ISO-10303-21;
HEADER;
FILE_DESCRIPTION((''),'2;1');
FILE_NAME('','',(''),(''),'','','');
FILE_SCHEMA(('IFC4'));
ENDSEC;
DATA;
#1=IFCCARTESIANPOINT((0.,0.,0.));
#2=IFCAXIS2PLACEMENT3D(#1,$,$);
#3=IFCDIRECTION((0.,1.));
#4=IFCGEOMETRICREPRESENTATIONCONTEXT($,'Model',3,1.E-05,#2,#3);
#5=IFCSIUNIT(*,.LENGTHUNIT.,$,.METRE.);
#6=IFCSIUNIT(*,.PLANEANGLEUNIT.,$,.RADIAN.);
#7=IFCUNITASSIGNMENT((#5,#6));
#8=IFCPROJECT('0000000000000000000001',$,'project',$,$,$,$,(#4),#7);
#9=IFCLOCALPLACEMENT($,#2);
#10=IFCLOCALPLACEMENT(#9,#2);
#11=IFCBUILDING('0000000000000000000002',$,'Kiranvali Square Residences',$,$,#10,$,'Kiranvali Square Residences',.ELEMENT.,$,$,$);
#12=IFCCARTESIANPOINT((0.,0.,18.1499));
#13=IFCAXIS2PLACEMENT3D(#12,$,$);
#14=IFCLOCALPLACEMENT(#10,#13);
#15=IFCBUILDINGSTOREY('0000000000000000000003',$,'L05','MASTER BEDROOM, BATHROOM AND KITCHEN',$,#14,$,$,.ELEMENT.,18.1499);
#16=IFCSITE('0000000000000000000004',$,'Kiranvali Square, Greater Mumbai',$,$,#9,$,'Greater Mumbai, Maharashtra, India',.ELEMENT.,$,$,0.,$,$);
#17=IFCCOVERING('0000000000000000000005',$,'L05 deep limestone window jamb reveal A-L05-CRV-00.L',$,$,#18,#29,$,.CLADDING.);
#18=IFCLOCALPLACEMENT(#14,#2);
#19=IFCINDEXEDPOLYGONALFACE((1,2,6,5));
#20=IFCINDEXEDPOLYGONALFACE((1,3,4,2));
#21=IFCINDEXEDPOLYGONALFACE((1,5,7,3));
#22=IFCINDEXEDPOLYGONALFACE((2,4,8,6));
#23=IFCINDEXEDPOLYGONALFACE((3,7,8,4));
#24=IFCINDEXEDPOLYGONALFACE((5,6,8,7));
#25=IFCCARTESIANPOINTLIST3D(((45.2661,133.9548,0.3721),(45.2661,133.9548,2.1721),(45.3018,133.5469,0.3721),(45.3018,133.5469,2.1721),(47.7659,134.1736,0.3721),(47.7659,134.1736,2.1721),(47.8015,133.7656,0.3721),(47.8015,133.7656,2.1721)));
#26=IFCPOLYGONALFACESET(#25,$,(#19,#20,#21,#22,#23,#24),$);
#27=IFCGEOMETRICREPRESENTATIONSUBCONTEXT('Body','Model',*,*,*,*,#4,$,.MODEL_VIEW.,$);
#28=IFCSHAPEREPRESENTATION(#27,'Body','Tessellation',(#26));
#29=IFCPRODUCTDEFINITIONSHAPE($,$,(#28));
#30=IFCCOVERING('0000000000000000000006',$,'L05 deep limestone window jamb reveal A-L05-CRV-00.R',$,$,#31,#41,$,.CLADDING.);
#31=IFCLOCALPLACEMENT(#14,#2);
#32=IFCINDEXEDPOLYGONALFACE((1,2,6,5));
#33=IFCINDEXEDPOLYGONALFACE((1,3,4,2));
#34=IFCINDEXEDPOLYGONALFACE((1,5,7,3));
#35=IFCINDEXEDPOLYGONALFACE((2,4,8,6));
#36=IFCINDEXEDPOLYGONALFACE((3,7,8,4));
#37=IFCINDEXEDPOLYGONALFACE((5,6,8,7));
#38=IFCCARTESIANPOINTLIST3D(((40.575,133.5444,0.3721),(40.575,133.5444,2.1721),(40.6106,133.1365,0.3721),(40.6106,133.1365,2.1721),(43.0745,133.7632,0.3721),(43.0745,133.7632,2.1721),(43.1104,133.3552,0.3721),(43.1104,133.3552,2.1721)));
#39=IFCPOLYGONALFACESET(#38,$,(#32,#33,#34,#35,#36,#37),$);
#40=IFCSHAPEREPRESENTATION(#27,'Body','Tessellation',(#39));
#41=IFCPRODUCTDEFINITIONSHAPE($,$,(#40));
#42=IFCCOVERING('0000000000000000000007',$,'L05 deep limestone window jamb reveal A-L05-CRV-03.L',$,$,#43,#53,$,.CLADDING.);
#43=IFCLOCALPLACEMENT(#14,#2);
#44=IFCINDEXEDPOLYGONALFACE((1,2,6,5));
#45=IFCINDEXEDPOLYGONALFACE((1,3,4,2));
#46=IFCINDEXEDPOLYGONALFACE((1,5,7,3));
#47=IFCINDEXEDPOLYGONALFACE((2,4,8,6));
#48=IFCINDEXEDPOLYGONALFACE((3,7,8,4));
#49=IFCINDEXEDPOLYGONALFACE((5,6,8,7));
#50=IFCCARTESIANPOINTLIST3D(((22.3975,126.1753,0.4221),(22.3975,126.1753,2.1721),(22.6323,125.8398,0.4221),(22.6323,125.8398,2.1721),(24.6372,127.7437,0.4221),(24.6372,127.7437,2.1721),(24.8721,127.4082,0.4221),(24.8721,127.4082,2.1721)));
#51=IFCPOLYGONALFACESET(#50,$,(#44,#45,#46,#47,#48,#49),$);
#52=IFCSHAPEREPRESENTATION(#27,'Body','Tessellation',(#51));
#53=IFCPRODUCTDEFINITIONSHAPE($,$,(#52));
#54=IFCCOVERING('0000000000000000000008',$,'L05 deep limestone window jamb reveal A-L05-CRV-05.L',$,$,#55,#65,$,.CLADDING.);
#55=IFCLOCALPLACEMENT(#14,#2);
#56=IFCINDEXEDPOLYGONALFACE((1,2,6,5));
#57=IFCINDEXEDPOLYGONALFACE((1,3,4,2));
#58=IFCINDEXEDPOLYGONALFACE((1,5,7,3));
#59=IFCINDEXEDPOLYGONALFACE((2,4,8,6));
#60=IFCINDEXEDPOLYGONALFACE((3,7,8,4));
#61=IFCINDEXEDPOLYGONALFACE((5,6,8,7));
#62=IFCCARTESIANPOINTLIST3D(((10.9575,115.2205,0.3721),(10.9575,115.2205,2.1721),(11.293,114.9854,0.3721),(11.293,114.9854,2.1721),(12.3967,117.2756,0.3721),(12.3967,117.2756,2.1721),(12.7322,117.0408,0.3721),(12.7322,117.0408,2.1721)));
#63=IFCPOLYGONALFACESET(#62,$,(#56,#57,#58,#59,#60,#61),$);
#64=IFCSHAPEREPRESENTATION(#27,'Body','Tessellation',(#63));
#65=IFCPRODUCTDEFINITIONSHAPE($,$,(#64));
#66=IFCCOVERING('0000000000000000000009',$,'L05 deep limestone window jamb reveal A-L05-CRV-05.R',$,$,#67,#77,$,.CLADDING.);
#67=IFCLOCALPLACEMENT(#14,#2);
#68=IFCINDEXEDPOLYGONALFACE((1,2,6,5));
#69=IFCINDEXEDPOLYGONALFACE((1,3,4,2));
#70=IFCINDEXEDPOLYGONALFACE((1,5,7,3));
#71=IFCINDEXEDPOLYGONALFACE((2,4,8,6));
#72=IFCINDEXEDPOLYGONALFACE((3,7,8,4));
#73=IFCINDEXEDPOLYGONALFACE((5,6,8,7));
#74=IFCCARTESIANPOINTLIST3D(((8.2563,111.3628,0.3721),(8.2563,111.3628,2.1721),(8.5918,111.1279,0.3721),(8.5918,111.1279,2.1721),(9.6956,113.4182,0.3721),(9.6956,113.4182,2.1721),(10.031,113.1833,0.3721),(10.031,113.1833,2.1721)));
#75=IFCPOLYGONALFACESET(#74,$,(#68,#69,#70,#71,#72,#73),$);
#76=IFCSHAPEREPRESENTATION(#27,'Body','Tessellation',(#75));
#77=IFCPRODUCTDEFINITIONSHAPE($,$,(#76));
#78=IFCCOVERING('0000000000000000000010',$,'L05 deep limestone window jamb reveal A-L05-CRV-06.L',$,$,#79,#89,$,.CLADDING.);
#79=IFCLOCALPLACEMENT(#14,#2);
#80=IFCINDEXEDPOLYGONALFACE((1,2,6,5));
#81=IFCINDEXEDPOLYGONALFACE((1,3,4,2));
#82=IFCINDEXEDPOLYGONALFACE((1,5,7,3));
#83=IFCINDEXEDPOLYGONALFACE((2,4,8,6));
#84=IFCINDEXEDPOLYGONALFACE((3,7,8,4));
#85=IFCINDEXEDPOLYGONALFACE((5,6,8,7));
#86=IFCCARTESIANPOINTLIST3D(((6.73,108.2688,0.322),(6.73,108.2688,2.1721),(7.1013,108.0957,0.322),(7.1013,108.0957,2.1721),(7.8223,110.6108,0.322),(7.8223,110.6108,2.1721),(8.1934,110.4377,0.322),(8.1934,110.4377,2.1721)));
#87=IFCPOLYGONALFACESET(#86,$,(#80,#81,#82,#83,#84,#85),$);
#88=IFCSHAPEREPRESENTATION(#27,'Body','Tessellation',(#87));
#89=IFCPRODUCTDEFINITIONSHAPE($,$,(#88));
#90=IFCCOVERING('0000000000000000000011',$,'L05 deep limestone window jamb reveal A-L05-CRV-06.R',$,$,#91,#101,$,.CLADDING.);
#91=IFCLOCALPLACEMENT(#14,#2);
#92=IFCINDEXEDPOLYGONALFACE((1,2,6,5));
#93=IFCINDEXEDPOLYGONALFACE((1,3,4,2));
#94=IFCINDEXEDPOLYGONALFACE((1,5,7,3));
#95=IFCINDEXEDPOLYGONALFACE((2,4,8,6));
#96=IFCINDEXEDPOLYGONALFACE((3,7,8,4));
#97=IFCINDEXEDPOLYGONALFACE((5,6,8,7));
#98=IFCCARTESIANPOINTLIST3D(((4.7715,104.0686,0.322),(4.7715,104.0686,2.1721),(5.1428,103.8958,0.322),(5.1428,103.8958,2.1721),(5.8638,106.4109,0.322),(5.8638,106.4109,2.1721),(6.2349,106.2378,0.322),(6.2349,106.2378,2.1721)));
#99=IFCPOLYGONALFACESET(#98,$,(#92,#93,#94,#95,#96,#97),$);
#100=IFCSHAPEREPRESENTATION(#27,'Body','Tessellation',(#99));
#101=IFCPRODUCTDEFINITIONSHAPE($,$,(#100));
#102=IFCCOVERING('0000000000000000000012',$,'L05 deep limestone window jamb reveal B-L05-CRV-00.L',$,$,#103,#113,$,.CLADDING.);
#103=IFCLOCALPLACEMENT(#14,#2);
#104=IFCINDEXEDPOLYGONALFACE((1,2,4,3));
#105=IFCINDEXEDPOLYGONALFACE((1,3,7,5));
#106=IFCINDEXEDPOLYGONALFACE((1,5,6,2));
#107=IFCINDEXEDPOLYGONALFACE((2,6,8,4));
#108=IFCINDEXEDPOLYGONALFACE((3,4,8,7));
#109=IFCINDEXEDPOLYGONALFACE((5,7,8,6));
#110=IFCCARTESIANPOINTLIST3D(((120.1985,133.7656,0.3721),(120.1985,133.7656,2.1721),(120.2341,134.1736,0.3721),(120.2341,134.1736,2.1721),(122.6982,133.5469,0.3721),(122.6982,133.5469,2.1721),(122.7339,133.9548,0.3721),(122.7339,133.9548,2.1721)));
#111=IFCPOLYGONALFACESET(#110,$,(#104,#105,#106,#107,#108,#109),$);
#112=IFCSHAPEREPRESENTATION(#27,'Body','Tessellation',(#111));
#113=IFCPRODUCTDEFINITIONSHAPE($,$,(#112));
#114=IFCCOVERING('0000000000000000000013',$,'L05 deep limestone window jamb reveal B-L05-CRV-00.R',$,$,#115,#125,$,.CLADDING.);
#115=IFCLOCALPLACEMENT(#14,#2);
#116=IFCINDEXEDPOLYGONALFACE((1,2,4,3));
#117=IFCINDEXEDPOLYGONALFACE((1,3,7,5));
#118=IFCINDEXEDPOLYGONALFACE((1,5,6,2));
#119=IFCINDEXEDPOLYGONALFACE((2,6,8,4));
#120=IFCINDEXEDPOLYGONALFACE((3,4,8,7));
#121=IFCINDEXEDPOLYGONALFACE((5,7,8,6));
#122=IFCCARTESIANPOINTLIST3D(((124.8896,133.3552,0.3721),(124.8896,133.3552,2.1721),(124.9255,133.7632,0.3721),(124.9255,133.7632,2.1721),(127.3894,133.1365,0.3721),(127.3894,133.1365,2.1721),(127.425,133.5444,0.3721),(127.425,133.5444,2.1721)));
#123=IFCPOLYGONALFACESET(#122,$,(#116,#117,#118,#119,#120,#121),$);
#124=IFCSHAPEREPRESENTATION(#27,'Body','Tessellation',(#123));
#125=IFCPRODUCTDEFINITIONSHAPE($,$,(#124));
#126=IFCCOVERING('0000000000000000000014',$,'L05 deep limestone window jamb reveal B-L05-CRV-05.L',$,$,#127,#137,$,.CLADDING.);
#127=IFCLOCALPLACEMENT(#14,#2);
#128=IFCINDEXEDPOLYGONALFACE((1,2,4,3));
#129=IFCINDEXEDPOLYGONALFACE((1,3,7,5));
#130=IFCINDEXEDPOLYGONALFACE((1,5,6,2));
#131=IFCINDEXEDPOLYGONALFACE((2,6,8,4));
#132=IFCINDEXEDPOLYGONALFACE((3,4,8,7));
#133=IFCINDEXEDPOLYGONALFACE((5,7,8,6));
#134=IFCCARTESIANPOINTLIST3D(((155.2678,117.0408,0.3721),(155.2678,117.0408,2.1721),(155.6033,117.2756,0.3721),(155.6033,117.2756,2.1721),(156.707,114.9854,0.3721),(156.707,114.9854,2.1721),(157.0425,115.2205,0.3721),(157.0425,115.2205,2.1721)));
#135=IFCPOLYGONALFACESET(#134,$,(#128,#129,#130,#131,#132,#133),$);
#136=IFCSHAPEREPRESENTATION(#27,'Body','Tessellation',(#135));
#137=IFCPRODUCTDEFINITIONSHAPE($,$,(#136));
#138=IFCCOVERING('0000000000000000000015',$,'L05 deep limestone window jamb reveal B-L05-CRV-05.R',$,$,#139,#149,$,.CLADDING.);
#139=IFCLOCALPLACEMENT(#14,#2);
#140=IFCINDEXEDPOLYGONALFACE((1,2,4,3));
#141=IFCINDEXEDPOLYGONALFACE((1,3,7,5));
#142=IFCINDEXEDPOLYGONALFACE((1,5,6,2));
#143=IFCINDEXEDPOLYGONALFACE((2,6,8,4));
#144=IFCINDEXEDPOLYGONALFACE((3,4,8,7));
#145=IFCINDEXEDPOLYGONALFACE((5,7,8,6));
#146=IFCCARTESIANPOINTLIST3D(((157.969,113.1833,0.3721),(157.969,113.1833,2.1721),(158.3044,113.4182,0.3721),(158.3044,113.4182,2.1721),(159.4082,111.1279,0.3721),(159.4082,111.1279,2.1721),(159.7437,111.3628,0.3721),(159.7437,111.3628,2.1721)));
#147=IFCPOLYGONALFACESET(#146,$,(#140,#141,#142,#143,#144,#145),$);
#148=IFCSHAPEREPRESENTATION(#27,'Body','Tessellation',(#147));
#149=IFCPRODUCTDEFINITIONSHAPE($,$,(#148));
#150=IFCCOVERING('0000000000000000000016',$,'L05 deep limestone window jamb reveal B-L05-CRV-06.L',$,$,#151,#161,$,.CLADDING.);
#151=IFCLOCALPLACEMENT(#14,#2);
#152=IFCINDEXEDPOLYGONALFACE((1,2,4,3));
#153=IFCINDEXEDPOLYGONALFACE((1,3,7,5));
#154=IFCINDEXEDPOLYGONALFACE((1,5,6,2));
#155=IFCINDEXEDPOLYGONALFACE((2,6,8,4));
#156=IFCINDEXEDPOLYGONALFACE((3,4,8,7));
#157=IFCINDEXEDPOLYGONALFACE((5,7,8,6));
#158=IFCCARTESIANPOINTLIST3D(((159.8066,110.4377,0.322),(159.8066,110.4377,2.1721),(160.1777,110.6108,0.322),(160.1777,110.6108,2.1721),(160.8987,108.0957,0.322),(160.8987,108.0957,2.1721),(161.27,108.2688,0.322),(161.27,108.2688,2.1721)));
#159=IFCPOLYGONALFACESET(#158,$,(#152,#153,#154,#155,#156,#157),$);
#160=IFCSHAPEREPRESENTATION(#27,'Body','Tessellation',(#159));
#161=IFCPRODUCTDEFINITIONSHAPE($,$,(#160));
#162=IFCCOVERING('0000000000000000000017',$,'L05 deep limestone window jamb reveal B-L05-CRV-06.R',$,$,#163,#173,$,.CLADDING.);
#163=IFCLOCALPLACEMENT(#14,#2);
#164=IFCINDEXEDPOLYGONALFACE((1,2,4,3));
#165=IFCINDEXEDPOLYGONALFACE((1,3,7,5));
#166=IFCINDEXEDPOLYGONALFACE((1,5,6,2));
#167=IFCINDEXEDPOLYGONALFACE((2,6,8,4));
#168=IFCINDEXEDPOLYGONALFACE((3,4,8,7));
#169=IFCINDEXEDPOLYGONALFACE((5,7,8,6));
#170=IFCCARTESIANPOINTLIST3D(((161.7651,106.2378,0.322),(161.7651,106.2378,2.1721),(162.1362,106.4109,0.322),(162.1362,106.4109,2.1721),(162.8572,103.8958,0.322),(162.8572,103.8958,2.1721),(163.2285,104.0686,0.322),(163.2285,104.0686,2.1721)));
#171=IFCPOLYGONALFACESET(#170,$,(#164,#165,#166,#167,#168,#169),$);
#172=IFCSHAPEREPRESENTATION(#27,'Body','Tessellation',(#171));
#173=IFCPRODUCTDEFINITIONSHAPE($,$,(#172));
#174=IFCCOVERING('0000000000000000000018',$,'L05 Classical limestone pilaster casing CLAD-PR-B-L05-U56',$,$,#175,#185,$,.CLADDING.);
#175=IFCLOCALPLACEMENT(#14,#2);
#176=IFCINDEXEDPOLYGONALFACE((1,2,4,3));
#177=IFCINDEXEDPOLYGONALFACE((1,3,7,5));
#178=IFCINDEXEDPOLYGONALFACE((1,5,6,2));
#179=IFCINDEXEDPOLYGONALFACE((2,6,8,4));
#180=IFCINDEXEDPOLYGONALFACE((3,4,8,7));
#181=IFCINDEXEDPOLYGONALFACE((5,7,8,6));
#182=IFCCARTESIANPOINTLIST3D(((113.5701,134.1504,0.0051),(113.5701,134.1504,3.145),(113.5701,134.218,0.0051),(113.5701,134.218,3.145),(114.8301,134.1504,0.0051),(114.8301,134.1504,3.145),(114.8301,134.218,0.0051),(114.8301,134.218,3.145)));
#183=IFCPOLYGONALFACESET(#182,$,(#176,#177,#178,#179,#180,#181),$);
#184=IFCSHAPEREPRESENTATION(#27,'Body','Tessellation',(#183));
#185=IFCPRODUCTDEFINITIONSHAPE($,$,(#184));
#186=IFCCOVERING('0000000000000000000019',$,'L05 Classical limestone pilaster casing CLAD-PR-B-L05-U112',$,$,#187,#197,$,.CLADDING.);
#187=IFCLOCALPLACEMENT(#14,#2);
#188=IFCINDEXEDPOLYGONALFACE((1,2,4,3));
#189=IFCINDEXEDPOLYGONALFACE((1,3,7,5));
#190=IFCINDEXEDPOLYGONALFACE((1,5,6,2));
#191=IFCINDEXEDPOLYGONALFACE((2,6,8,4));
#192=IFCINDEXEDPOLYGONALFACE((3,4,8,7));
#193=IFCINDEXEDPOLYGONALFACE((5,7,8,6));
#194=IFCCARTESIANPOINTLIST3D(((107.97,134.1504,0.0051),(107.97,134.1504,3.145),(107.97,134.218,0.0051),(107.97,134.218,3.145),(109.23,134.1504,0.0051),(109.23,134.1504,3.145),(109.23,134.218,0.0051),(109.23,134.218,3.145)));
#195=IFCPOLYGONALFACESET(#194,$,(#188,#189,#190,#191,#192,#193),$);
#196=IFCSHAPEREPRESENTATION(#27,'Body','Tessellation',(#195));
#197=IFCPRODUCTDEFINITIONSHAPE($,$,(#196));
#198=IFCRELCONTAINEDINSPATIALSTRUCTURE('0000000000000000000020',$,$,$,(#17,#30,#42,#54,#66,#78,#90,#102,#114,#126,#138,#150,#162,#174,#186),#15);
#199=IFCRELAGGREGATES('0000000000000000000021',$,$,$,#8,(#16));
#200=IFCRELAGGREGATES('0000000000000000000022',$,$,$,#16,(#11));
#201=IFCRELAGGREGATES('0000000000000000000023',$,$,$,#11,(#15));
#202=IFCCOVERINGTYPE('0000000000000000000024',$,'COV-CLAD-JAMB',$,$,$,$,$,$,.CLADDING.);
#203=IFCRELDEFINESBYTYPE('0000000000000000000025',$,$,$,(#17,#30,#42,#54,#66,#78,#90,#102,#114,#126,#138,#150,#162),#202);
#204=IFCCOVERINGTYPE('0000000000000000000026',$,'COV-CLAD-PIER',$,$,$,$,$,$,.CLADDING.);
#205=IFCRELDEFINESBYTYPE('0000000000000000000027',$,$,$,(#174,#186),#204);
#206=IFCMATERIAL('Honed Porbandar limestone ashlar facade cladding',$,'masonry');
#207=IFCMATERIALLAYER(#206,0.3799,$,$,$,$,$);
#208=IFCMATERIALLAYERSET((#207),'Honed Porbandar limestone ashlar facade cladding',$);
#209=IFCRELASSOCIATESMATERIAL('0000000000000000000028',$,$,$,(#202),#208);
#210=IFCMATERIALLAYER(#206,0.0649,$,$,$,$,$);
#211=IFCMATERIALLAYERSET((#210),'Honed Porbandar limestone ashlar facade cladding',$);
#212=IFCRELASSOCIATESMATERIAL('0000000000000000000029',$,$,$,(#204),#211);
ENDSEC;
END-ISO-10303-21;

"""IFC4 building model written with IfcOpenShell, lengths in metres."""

from ifc_helpers import new_model, si_unit, direction, frame, origin, place, context, subcontext, project, spatial, polyline, outline, extrude, material, layer, layer_set, type_object, element, save


model = new_model("IFC4")

# Units and contexts
model_context = context("Model", 3, precision=1e-05, world=origin(), true_north=direction((0.0, 1.0)))
body_context = subcontext(model_context, "Body", "Model", "MODEL_VIEW")
ifc_project = project(units=[si_unit("LENGTHUNIT", "METRE"), si_unit("PLANEANGLEUNIT", "RADIAN")], contexts=[model_context])

# Site, building, storey
site_placement = place(None, origin())
site = spatial("IfcSite", under=ifc_project, at=site_placement, Name="Kiranvali Square, Greater Mumbai", LongName="Greater Mumbai, Maharashtra, India", CompositionType="ELEMENT", RefElevation=0.0)
building_placement = place(site_placement, origin())
building = spatial("IfcBuilding", under=site, at=building_placement, Name="Kiranvali Square Residences", LongName="Kiranvali Square Residences", CompositionType="ELEMENT")
storey_placement = place(building_placement, frame((0.0, 0.0, 18.1499)))
storey = spatial("IfcBuildingStorey", under=building, at=storey_placement, Name="L05", Description="MASTER BEDROOM, BATHROOM AND KITCHEN", CompositionType="ELEMENT", Elevation=18.1499)

# Coverings
ifc_material = material(Name="Honed Porbandar limestone ashlar facade cladding", Category="masonry")
ifc_layer_1 = layer(ifc_material, 0.3799)
ifc_layer_set_1 = layer_set([ifc_layer_1], Name="Honed Porbandar limestone ashlar facade cladding")
covering_type_1 = type_object("IfcCoveringType", Name="COV-CLAD-JAMB", PredefinedType="CLADDING", material=ifc_layer_set_1)
covering_1_placement = place(storey_placement, frame((0.0, 0.0, 0.3721)))
element("IfcCovering", 1, at=covering_1_placement, inside=storey, type_object=covering_type_1, Name="L05 deep limestone window jamb reveal A-L05-CRV-00.L", PredefinedType="CLADDING", context=body_context, shape_type="SweptSolid", body=[
    extrude(outline(polyline([(47.7659, 134.1736), (45.2661, 133.9548), (45.3018, 133.5469), (47.8015, 133.7656), (47.7659, 134.1736)])), origin(), (0.0, 0.0, 1.0), 1.8),
])
covering_2_placement = place(storey_placement, frame((0.0, 0.0, 0.3721)))
element("IfcCovering", 2, at=covering_2_placement, inside=storey, type_object=covering_type_1, Name="L05 deep limestone window jamb reveal A-L05-CRV-00.R", PredefinedType="CLADDING", context=body_context, shape_type="SweptSolid", body=[
    extrude(outline(polyline([(43.0745, 133.7632), (40.575, 133.5444), (40.6106, 133.1365), (43.1104, 133.3552), (43.0745, 133.7632)])), origin(), (0.0, 0.0, 1.0), 1.8),
])
covering_3_placement = place(storey_placement, frame((0.0, 0.0, 0.4221)))
element("IfcCovering", 3, at=covering_3_placement, inside=storey, type_object=covering_type_1, Name="L05 deep limestone window jamb reveal A-L05-CRV-03.L", PredefinedType="CLADDING", context=body_context, shape_type="SweptSolid", body=[
    extrude(outline(polyline([(24.6372, 127.7437), (22.3975, 126.1753), (22.6323, 125.8398), (24.8721, 127.4082), (24.6372, 127.7437)])), origin(), (0.0, 0.0, 1.0), 1.75),
])
covering_4_placement = place(storey_placement, frame((0.0, 0.0, 0.3721)))
element("IfcCovering", 4, at=covering_4_placement, inside=storey, type_object=covering_type_1, Name="L05 deep limestone window jamb reveal A-L05-CRV-05.L", PredefinedType="CLADDING", context=body_context, shape_type="SweptSolid", body=[
    extrude(outline(polyline([(12.3967, 117.2756), (10.9575, 115.2205), (11.293, 114.9854), (12.7322, 117.0408), (12.3967, 117.2756)])), origin(), (0.0, 0.0, 1.0), 1.8),
])
covering_5_placement = place(storey_placement, frame((0.0, 0.0, 0.3721)))
element("IfcCovering", 5, at=covering_5_placement, inside=storey, type_object=covering_type_1, Name="L05 deep limestone window jamb reveal A-L05-CRV-05.R", PredefinedType="CLADDING", context=body_context, shape_type="SweptSolid", body=[
    extrude(outline(polyline([(9.6956, 113.4182), (8.2563, 111.3628), (8.5918, 111.1279), (10.031, 113.1833), (9.6956, 113.4182)])), origin(), (0.0, 0.0, 1.0), 1.8),
])
covering_6_placement = place(storey_placement, frame((0.0, 0.0, 0.322)))
element("IfcCovering", 6, at=covering_6_placement, inside=storey, type_object=covering_type_1, Name="L05 deep limestone window jamb reveal A-L05-CRV-06.L", PredefinedType="CLADDING", context=body_context, shape_type="SweptSolid", body=[
    extrude(outline(polyline([(7.8223, 110.6108), (6.73, 108.2688), (7.1013, 108.0957), (8.1934, 110.4377), (7.8223, 110.6108)])), origin(), (0.0, 0.0, 1.0), 1.8501),
])
covering_7_placement = place(storey_placement, frame((0.0, 0.0, 0.322)))
element("IfcCovering", 7, at=covering_7_placement, inside=storey, type_object=covering_type_1, Name="L05 deep limestone window jamb reveal A-L05-CRV-06.R", PredefinedType="CLADDING", context=body_context, shape_type="SweptSolid", body=[
    extrude(outline(polyline([(5.8638, 106.4109), (4.7715, 104.0686), (5.1428, 103.8958), (6.2349, 106.2378), (5.8638, 106.4109)])), origin(), (0.0, 0.0, 1.0), 1.8501),
])
covering_8_placement = place(storey_placement, frame((0.0, 0.0, 0.3721)))
element("IfcCovering", 8, at=covering_8_placement, inside=storey, type_object=covering_type_1, Name="L05 deep limestone window jamb reveal B-L05-CRV-00.L", PredefinedType="CLADDING", context=body_context, shape_type="SweptSolid", body=[
    extrude(outline(polyline([(120.1985, 133.7656), (122.6982, 133.5469), (122.7339, 133.9548), (120.2341, 134.1736), (120.1985, 133.7656)])), origin(), (0.0, 0.0, 1.0), 1.8),
])
covering_9_placement = place(storey_placement, frame((0.0, 0.0, 0.3721)))
element("IfcCovering", 9, at=covering_9_placement, inside=storey, type_object=covering_type_1, Name="L05 deep limestone window jamb reveal B-L05-CRV-00.R", PredefinedType="CLADDING", context=body_context, shape_type="SweptSolid", body=[
    extrude(outline(polyline([(124.8896, 133.3552), (127.3894, 133.1365), (127.425, 133.5444), (124.9255, 133.7632), (124.8896, 133.3552)])), origin(), (0.0, 0.0, 1.0), 1.8),
])
covering_10_placement = place(storey_placement, frame((0.0, 0.0, 0.3721)))
element("IfcCovering", 10, at=covering_10_placement, inside=storey, type_object=covering_type_1, Name="L05 deep limestone window jamb reveal B-L05-CRV-05.L", PredefinedType="CLADDING", context=body_context, shape_type="SweptSolid", body=[
    extrude(outline(polyline([(155.2678, 117.0408), (156.707, 114.9854), (157.0425, 115.2205), (155.6033, 117.2756), (155.2678, 117.0408)])), origin(), (0.0, 0.0, 1.0), 1.8),
])
covering_11_placement = place(storey_placement, frame((0.0, 0.0, 0.3721)))
element("IfcCovering", 11, at=covering_11_placement, inside=storey, type_object=covering_type_1, Name="L05 deep limestone window jamb reveal B-L05-CRV-05.R", PredefinedType="CLADDING", context=body_context, shape_type="SweptSolid", body=[
    extrude(outline(polyline([(157.969, 113.1833), (159.4082, 111.1279), (159.7437, 111.3628), (158.3044, 113.4182), (157.969, 113.1833)])), origin(), (0.0, 0.0, 1.0), 1.8),
])
covering_12_placement = place(storey_placement, frame((0.0, 0.0, 0.322)))
element("IfcCovering", 12, at=covering_12_placement, inside=storey, type_object=covering_type_1, Name="L05 deep limestone window jamb reveal B-L05-CRV-06.L", PredefinedType="CLADDING", context=body_context, shape_type="SweptSolid", body=[
    extrude(outline(polyline([(159.8066, 110.4377), (160.8987, 108.0957), (161.27, 108.2688), (160.1777, 110.6108), (159.8066, 110.4377)])), origin(), (0.0, 0.0, 1.0), 1.8501),
])
covering_13_placement = place(storey_placement, frame((0.0, 0.0, 0.322)))
element("IfcCovering", 13, at=covering_13_placement, inside=storey, type_object=covering_type_1, Name="L05 deep limestone window jamb reveal B-L05-CRV-06.R", PredefinedType="CLADDING", context=body_context, shape_type="SweptSolid", body=[
    extrude(outline(polyline([(161.7651, 106.2378), (162.8572, 103.8958), (163.2285, 104.0686), (162.1362, 106.4109), (161.7651, 106.2378)])), origin(), (0.0, 0.0, 1.0), 1.8501),
])
ifc_layer_2 = layer(ifc_material, 0.0649)
ifc_layer_set_2 = layer_set([ifc_layer_2], Name="Honed Porbandar limestone ashlar facade cladding")
covering_type_2 = type_object("IfcCoveringType", Name="COV-CLAD-PIER", PredefinedType="CLADDING", material=ifc_layer_set_2)
covering_14_placement = place(storey_placement, frame((0.0, 0.0, 0.0051)))
element("IfcCovering", 14, at=covering_14_placement, inside=storey, type_object=covering_type_2, Name="L05 Classical limestone pilaster casing CLAD-PR-B-L05-U56", PredefinedType="CLADDING", context=body_context, shape_type="SweptSolid", body=[
    extrude(outline(polyline([(114.8301, 134.218), (113.5701, 134.218), (113.5701, 134.1504), (114.8301, 134.1504), (114.8301, 134.218)])), origin(), (0.0, 0.0, 1.0), 3.1399),
])
covering_15_placement = place(storey_placement, frame((0.0, 0.0, 0.0051)))
element("IfcCovering", 15, at=covering_15_placement, inside=storey, type_object=covering_type_2, Name="L05 Classical limestone pilaster casing CLAD-PR-B-L05-U112", PredefinedType="CLADDING", context=body_context, shape_type="SweptSolid", body=[
    extrude(outline(polyline([(109.23, 134.218), (107.97, 134.218), (107.97, 134.1504), (109.23, 134.1504), (109.23, 134.218)])), origin(), (0.0, 0.0, 1.0), 3.1399),
])

save(model, "model.ifc")
